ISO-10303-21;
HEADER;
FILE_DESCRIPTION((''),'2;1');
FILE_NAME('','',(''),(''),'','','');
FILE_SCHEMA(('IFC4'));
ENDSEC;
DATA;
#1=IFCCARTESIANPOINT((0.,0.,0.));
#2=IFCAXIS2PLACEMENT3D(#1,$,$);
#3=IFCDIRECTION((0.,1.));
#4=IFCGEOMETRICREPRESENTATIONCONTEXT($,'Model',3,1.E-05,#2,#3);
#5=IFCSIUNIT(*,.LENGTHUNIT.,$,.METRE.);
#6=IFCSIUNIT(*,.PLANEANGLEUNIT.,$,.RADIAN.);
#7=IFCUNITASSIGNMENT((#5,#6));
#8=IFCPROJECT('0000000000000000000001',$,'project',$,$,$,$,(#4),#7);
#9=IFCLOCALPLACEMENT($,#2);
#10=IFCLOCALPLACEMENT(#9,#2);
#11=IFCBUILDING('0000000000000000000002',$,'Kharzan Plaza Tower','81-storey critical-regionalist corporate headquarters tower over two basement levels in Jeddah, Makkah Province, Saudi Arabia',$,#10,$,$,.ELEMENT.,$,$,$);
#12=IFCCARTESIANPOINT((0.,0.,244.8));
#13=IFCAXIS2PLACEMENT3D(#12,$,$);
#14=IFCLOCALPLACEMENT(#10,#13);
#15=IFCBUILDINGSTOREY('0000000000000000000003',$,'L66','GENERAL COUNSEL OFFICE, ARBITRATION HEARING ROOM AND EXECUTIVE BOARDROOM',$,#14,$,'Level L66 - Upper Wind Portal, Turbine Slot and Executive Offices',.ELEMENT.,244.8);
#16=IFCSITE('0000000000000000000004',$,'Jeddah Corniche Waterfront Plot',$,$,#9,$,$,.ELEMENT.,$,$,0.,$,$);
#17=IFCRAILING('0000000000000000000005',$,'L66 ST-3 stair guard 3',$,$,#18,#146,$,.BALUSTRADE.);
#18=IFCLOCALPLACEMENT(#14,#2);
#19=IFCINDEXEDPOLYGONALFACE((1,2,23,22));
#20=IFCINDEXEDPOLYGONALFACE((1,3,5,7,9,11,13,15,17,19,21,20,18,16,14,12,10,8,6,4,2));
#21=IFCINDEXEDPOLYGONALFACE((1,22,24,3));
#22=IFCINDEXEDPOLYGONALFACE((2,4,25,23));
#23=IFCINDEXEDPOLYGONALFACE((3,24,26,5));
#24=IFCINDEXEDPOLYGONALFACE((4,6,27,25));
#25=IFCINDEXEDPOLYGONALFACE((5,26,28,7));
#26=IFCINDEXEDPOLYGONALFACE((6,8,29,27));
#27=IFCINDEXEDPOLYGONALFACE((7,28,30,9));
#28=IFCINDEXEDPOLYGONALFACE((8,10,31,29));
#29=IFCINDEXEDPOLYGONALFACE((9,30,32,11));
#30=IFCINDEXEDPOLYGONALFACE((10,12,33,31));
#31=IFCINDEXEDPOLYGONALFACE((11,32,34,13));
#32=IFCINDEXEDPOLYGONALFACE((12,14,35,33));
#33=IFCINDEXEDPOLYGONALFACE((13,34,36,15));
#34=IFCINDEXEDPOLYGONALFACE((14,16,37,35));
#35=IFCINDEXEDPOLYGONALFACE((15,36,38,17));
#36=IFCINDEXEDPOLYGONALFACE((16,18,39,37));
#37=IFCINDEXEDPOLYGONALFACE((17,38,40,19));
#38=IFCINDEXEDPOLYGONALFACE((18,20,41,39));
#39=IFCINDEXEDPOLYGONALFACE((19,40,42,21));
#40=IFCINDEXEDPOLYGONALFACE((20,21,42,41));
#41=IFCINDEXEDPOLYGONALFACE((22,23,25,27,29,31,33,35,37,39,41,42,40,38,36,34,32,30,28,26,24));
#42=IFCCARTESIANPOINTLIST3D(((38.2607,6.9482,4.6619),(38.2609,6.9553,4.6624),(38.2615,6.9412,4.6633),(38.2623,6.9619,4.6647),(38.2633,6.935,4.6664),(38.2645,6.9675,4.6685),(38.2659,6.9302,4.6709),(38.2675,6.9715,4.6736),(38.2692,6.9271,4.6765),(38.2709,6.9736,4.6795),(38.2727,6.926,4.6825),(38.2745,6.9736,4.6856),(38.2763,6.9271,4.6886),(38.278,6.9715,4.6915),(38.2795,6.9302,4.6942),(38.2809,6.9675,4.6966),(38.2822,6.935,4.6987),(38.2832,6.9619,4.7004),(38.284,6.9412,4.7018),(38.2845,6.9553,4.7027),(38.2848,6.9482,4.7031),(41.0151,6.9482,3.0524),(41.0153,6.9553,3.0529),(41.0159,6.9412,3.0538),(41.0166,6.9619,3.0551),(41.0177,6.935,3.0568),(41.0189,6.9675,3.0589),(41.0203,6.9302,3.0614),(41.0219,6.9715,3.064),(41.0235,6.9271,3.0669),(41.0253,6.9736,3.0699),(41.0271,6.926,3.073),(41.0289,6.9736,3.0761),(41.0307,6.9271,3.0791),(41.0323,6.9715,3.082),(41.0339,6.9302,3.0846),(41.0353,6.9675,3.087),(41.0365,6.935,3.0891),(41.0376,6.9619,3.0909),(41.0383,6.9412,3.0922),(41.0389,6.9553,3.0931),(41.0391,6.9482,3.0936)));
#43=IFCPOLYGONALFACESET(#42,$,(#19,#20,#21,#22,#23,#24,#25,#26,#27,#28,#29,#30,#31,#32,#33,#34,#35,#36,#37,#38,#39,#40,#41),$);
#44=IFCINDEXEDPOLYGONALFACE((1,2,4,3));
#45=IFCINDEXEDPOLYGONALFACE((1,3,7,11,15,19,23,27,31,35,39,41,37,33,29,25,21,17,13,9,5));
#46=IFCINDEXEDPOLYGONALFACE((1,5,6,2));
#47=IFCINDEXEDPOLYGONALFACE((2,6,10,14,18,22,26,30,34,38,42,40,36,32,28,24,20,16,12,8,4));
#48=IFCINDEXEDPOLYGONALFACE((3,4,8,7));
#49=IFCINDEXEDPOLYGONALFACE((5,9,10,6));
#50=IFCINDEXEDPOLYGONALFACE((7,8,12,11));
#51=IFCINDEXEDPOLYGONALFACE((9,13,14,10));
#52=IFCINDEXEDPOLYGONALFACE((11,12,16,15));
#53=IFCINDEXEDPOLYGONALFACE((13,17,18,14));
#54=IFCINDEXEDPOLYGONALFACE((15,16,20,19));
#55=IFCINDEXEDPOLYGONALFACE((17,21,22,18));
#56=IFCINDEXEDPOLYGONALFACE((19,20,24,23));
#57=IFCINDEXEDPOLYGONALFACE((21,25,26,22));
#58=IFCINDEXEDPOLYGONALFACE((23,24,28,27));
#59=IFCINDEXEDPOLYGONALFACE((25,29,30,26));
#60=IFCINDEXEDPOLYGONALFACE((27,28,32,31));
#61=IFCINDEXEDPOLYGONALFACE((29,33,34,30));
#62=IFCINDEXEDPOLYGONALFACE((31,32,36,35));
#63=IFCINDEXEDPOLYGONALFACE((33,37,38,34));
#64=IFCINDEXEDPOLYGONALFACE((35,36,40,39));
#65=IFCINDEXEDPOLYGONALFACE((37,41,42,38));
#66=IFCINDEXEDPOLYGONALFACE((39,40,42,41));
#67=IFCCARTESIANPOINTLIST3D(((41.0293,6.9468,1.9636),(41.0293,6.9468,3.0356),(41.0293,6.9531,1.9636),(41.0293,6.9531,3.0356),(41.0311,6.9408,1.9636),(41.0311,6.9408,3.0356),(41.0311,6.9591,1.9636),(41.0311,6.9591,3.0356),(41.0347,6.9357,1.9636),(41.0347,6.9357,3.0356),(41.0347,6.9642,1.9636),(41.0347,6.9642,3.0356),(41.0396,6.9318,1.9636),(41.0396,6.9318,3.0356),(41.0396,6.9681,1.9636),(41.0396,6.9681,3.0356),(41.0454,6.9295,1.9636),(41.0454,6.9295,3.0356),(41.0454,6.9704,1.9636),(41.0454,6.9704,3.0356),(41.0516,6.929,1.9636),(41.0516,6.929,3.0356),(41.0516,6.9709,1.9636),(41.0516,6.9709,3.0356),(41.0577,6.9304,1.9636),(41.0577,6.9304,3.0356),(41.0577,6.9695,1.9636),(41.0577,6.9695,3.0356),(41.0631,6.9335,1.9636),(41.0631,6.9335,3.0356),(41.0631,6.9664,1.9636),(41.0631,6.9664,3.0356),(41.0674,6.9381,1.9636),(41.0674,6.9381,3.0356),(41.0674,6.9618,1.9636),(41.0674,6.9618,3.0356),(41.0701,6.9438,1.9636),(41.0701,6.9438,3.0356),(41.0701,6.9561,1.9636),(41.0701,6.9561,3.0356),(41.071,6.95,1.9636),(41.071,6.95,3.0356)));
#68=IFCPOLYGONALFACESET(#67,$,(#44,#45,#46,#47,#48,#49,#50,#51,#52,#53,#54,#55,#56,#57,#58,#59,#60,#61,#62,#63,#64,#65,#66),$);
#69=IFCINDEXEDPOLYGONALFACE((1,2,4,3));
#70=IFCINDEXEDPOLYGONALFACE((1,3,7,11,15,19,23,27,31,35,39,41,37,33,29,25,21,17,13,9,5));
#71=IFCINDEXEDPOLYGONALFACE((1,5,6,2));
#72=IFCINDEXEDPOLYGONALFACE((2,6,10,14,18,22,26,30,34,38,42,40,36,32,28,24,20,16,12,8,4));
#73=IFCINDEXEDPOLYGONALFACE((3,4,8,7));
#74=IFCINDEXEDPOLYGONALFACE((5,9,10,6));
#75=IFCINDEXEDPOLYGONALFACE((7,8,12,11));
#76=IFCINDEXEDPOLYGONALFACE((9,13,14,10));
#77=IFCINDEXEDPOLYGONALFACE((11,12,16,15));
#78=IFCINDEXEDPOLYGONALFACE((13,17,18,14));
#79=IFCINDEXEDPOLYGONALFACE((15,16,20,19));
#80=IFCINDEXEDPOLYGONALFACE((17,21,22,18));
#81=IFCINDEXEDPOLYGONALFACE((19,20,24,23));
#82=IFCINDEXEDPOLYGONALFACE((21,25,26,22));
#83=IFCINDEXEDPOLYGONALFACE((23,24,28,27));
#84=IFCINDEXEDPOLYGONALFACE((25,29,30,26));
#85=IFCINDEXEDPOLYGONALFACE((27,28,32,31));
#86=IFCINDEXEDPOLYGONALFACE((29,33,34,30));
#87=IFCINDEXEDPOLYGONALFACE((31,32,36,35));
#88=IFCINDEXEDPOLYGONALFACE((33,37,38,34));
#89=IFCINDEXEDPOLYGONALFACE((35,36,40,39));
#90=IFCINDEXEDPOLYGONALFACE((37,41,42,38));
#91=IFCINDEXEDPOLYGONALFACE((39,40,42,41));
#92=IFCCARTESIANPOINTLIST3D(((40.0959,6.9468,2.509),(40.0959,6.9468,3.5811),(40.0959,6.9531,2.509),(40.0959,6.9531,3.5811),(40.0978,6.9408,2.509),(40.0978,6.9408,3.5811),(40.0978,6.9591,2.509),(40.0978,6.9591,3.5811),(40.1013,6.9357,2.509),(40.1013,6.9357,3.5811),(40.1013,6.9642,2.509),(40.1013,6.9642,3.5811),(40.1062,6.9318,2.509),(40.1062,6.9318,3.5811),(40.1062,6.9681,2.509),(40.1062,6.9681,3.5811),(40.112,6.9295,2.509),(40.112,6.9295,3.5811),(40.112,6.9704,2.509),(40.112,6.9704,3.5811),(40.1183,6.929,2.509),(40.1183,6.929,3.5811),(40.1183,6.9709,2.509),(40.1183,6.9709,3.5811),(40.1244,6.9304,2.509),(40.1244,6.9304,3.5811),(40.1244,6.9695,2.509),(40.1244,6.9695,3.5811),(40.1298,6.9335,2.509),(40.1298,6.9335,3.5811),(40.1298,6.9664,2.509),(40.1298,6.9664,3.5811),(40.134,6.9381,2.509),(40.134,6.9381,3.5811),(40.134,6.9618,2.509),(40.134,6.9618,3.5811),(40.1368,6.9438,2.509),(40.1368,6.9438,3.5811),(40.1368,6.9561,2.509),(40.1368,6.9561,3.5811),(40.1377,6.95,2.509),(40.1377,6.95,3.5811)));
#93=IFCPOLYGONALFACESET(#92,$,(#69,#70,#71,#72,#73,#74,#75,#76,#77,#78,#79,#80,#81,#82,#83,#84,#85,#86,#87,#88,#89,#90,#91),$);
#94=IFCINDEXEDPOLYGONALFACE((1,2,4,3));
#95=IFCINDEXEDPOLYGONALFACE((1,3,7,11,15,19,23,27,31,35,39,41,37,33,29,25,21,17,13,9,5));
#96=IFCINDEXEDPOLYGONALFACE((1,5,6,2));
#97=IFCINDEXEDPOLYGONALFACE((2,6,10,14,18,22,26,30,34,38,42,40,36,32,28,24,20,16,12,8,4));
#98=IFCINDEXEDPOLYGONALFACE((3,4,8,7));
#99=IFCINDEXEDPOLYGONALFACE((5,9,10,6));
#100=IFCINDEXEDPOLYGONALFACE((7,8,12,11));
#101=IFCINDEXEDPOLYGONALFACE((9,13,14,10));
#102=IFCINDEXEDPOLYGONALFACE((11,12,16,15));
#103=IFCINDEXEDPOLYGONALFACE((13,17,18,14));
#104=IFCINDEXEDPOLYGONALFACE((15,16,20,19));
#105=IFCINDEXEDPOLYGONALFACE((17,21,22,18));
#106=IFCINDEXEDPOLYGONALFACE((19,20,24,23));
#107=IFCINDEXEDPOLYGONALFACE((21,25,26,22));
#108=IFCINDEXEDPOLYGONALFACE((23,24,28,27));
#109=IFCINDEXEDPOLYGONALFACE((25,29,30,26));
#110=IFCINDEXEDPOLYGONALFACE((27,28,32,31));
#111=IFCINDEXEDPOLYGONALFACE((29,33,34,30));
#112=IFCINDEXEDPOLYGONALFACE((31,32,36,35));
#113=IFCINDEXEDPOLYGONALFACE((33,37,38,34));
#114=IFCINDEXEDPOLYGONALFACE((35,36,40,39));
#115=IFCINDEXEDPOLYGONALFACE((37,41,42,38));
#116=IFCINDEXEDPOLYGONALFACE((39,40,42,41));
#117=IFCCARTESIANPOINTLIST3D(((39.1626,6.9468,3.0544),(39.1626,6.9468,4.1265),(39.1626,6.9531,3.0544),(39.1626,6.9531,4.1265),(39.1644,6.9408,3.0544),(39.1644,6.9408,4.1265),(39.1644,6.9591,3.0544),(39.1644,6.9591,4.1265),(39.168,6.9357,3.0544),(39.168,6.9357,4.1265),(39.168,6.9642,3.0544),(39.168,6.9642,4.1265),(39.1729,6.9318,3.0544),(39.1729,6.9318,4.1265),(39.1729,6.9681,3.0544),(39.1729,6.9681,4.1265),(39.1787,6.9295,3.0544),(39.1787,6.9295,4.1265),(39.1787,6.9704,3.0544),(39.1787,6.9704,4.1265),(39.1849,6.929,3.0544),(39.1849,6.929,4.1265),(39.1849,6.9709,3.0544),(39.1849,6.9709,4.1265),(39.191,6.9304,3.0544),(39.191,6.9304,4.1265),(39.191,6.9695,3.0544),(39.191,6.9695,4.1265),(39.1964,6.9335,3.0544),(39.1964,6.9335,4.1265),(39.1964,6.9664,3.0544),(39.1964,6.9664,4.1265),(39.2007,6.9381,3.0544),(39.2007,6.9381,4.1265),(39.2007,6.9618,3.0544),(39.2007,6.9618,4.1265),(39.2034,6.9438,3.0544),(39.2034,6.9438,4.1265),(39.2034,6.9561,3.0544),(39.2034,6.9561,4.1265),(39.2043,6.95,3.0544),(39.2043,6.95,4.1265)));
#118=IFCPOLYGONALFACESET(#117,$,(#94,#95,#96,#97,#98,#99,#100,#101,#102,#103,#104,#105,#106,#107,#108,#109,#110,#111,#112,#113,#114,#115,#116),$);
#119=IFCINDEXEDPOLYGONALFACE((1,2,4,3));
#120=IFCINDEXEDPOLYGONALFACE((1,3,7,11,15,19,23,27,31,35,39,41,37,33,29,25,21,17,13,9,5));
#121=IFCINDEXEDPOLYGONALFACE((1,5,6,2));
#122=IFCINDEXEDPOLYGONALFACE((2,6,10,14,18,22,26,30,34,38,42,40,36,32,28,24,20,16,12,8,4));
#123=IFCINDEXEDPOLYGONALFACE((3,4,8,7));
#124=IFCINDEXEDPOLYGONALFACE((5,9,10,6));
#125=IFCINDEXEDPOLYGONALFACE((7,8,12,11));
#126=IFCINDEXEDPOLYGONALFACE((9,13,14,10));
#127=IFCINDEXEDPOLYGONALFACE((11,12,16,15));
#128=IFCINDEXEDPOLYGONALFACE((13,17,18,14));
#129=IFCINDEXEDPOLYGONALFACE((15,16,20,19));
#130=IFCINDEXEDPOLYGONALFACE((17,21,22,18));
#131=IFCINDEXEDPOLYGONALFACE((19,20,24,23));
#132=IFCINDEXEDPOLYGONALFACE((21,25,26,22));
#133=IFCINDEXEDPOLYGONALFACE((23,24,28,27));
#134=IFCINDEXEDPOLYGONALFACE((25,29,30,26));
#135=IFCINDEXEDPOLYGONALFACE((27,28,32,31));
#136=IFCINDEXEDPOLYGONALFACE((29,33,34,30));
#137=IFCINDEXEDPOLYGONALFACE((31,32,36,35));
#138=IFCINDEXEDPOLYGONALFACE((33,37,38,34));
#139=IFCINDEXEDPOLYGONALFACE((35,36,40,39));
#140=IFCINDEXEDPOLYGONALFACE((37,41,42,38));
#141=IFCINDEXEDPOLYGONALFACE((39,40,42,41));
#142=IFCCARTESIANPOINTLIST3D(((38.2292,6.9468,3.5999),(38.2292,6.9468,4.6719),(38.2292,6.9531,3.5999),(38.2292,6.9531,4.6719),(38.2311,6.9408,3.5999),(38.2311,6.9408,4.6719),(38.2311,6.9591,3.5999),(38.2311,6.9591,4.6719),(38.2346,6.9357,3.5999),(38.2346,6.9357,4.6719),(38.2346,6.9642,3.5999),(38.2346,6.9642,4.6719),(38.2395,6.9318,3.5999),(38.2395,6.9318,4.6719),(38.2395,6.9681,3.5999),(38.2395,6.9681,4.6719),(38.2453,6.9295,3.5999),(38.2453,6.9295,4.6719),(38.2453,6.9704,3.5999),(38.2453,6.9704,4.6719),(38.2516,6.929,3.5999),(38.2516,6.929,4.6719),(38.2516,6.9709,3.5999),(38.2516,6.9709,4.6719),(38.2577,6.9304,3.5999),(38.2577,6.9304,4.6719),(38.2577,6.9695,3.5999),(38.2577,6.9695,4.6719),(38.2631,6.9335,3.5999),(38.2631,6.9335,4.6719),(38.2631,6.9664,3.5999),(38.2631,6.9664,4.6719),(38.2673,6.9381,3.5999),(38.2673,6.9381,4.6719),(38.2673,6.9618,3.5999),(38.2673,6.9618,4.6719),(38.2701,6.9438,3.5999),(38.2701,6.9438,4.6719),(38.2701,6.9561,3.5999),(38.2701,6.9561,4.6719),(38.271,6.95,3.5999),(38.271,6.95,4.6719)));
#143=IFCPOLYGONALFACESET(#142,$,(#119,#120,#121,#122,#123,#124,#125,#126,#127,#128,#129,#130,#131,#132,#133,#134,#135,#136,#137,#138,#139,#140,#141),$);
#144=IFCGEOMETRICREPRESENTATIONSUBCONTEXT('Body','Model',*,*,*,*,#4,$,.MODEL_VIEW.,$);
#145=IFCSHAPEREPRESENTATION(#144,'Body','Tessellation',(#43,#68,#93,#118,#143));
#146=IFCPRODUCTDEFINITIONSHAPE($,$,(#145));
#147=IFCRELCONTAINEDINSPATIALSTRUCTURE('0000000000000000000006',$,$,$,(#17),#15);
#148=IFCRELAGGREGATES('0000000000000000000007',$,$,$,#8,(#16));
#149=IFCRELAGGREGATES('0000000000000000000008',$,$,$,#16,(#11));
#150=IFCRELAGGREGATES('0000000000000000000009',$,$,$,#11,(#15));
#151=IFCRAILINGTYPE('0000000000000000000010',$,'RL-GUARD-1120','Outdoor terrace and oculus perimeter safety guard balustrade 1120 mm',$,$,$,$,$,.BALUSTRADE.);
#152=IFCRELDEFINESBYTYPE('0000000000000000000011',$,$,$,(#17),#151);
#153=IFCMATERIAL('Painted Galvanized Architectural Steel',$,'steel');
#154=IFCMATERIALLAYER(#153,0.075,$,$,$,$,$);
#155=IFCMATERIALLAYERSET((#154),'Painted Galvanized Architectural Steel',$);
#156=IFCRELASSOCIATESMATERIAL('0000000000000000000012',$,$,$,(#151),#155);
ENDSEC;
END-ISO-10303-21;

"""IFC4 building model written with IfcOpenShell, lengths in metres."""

from ifc_helpers import new_model, si_unit, direction, frame, origin, origin_2d, place, context, subcontext, project, spatial, circle, extrude, source, transform, mapped, material, layer, layer_set, type_object, element, save


model = new_model("IFC4")

# Units and contexts
model_context = context("Model", 3, precision=1e-05, world=origin(), true_north=direction((0.0, 1.0)))
body_context = subcontext(model_context, "Body", "Model", "MODEL_VIEW")
ifc_project = project(units=[si_unit("LENGTHUNIT", "METRE"), si_unit("PLANEANGLEUNIT", "RADIAN")], contexts=[model_context])

# Site, building, storey
site_placement = place(None, origin())
site = spatial("IfcSite", under=ifc_project, at=site_placement, Name="Jeddah Corniche Waterfront Plot", CompositionType="ELEMENT", RefElevation=0.0)
building_placement = place(site_placement, origin())
building = spatial("IfcBuilding", under=site, at=building_placement, Name="Kharzan Plaza Tower", Description="81-storey critical-regionalist corporate headquarters tower over two basement levels in Jeddah, Makkah Province, Saudi Arabia", CompositionType="ELEMENT")
storey_placement = place(building_placement, frame((0.0, 0.0, 244.8)))
storey = spatial("IfcBuildingStorey", under=building, at=storey_placement, Name="L66", Description="GENERAL COUNSEL OFFICE, ARBITRATION HEARING ROOM AND EXECUTIVE BOARDROOM", LongName="Level L66 - Upper Wind Portal, Turbine Slot and Executive Offices", CompositionType="ELEMENT", Elevation=244.8)

# Railing
ifc_material_1 = material(Name="Painted Galvanized Architectural Steel", Category="steel")
ifc_layer_1 = layer(ifc_material_1, 0.075)
ifc_layer_set_1 = layer_set([ifc_layer_1], Name="Painted Galvanized Architectural Steel")
railing_type_1 = type_object("IfcRailingType", Name="RL-GUARD-1120", Description="Outdoor terrace and oculus perimeter safety guard balustrade 1120 mm", PredefinedType="BALUSTRADE", material=ifc_layer_set_1)
shared_shape_1 = source(origin(), body_context, "Body", "SweptSolid", [
    extrude(circle(Radius=0.0239, at=origin_2d()), frame((-0.0229, 0.0, 1.1094), z_axis=(-0.863394, 0.0, 0.504531), x_axis=(0.0, -1.0, 0.0)), (0.0, 0.0, 1.0), 3.1902),
    extrude(circle(Radius=0.021, at=origin_2d()), origin(), (0.0, 0.0, 1.0), 1.072),
    extrude(circle(Radius=0.021, at=origin_2d()), frame((-0.9333, 0.0, 0.5454)), (0.0, 0.0, 1.0), 1.072),
    extrude(circle(Radius=0.021, at=origin_2d()), frame((-1.8667, 0.0, 1.0908)), (0.0, 0.0, 1.0), 1.072),
    extrude(circle(Radius=0.021, at=origin_2d()), frame((-2.8, 0.0, 1.6362)), (0.0, 0.0, 1.0), 1.072),
])
railing_1_placement = place(storey_placement, frame((41.05, 6.95, 1.9636)))
element("IfcRailing", 1, at=railing_1_placement, inside=storey, type_object=railing_type_1, Name="L66 ST-3 stair guard 3", PredefinedType="BALUSTRADE", context=body_context, shape_type="MappedRepresentation", body=[
    mapped(shared_shape_1, transform((0.0, 0.0, 0.0), x_axis=(1.0, 0.0, 0.0), y_axis=(0.0, 1.0, 0.0), z_axis=(0.0, 0.0, 1.0))),
])

save(model, "model.ifc")
